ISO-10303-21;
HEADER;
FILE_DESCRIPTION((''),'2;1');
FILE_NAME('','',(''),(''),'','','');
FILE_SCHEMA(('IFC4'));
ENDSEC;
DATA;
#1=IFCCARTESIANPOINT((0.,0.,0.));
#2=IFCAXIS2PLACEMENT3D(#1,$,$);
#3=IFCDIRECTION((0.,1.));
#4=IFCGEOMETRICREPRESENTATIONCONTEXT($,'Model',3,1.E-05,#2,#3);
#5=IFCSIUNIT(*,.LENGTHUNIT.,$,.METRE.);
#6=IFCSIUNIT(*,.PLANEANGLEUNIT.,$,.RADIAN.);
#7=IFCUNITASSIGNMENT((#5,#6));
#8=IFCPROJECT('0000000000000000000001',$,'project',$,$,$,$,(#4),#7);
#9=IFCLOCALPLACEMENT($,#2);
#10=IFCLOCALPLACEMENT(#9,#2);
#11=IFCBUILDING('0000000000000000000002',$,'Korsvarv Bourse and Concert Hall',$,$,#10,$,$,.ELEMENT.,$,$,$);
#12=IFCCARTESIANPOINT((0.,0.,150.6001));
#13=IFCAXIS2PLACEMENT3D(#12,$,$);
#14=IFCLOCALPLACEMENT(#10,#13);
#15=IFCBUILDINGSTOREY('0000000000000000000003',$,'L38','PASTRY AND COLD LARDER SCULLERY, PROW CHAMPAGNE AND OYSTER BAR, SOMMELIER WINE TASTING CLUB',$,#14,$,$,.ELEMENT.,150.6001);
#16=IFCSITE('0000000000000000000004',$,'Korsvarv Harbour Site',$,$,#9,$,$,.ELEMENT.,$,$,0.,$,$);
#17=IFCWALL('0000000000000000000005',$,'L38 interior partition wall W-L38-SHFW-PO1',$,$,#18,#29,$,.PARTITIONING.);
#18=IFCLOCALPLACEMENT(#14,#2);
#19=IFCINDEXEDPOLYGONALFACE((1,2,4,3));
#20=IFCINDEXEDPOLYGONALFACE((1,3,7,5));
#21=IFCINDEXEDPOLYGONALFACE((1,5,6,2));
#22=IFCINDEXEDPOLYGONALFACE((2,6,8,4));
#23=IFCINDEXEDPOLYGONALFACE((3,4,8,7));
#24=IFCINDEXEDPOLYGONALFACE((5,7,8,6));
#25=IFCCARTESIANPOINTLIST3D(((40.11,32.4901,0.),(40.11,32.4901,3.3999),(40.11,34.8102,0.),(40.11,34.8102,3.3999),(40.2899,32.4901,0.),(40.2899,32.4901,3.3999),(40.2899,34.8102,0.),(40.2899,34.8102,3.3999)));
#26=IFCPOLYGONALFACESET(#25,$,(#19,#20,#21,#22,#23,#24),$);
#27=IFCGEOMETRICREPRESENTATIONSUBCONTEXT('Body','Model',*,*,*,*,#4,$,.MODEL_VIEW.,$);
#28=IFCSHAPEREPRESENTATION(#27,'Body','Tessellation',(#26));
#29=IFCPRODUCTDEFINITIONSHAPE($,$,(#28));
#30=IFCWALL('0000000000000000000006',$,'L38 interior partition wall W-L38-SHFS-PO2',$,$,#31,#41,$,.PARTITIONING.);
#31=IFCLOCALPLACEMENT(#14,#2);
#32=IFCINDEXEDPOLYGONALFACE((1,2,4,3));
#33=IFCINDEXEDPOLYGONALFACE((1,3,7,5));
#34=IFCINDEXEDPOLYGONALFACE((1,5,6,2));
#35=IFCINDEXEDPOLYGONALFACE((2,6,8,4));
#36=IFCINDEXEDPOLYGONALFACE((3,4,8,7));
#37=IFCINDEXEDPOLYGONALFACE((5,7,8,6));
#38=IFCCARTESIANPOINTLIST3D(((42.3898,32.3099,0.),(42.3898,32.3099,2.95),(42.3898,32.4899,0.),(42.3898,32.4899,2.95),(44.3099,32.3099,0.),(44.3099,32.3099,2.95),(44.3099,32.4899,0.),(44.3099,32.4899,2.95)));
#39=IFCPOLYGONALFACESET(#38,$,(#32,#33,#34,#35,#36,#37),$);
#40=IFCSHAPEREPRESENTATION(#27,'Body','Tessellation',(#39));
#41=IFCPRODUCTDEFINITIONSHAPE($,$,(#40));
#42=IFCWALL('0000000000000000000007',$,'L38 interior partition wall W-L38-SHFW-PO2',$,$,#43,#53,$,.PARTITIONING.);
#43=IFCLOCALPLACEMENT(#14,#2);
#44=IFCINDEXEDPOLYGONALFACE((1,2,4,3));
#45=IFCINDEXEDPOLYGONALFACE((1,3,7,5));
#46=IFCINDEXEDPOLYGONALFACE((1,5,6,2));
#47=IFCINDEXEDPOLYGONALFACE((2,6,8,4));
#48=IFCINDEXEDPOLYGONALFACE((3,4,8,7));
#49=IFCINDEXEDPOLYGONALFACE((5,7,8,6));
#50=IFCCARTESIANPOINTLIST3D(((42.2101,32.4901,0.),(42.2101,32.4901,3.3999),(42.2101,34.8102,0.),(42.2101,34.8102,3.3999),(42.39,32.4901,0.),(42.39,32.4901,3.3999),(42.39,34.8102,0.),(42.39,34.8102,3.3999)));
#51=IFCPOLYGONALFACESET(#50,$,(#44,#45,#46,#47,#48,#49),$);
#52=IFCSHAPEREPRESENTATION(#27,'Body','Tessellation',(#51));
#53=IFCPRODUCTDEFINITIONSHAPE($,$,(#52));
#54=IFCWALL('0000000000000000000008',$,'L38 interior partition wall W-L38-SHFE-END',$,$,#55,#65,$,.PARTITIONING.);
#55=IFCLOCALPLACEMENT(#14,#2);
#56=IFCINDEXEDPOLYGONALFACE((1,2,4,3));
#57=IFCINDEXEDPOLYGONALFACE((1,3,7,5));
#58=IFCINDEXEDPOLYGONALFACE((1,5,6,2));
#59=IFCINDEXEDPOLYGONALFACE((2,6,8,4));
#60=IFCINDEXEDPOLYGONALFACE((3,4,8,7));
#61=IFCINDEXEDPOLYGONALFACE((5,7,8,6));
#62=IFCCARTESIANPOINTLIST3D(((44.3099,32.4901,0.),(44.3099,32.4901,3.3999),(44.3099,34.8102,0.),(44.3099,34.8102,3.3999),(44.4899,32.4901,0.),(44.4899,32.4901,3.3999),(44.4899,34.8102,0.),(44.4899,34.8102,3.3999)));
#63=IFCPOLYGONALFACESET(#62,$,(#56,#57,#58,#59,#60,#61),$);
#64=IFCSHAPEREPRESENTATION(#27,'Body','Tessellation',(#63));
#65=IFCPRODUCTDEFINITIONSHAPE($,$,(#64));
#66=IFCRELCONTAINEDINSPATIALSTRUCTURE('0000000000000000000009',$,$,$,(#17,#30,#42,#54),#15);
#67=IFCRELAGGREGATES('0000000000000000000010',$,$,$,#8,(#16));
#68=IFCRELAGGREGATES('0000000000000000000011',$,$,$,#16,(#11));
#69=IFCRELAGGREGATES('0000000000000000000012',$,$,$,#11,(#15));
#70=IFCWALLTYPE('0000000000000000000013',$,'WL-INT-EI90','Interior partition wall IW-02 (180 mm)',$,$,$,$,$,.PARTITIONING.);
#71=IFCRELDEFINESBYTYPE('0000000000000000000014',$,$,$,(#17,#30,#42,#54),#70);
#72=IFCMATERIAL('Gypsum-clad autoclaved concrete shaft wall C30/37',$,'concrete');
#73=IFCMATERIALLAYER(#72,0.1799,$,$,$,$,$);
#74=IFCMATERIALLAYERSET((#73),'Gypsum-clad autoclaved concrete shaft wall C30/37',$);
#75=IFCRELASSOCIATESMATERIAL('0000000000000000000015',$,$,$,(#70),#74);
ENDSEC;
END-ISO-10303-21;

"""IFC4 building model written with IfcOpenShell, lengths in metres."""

from ifc_helpers import new_model, si_unit, direction, frame, frame_2d, origin, place, context, subcontext, project, spatial, rectangle, extrude, material, layer, layer_set, type_object, element, save


model = new_model("IFC4")

# Units and contexts
model_context = context("Model", 3, precision=1e-05, world=origin(), true_north=direction((0.0, 1.0)))
body_context = subcontext(model_context, "Body", "Model", "MODEL_VIEW")
ifc_project = project(units=[si_unit("LENGTHUNIT", "METRE"), si_unit("PLANEANGLEUNIT", "RADIAN")], contexts=[model_context])

# Site, building, storey
site_placement = place(None, origin())
site = spatial("IfcSite", under=ifc_project, at=site_placement, Name="Korsvarv Harbour Site", CompositionType="ELEMENT", RefElevation=0.0)
building_placement = place(site_placement, origin())
building = spatial("IfcBuilding", under=site, at=building_placement, Name="Korsvarv Bourse and Concert Hall", CompositionType="ELEMENT")
storey_placement = place(building_placement, frame((0.0, 0.0, 150.6001)))
storey = spatial("IfcBuildingStorey", under=building, at=storey_placement, Name="L38", Description="PASTRY AND COLD LARDER SCULLERY, PROW CHAMPAGNE AND OYSTER BAR, SOMMELIER WINE TASTING CLUB", CompositionType="ELEMENT", Elevation=150.6001)

# Walls
ifc_material_1 = material(Name="Gypsum-clad autoclaved concrete shaft wall C30/37", Category="concrete")
ifc_layer_1 = layer(ifc_material_1, 0.1799)
ifc_layer_set_1 = layer_set([ifc_layer_1], Name="Gypsum-clad autoclaved concrete shaft wall C30/37")
wall_type_1 = type_object("IfcWallType", Name="WL-INT-EI90", Description="Interior partition wall IW-02 (180 mm)", PredefinedType="PARTITIONING", material=ifc_layer_set_1)
wall_1_placement = place(storey_placement, frame((40.2, 32.49, 0.0), z_axis=(0.0, 0.0, 1.0), x_axis=(0.0, 1.0, 0.0)))
element("IfcWall", 1, at=wall_1_placement, inside=storey, type_object=wall_type_1, Name="L38 interior partition wall W-L38-SHFW-PO1", PredefinedType="PARTITIONING", context=body_context, shape_type="SweptSolid", body=[
    extrude(rectangle(XDim=2.3201, YDim=0.1799, at=frame_2d((1.1602, 0.0))), origin(), (0.0, 0.0, 1.0), 3.3999),
])
wall_2_placement = place(storey_placement, frame((42.3899, 32.3999, 0.0), z_axis=(0.0, 0.0, 1.0), x_axis=(1.0, 0.0, 0.0)))
element("IfcWall", 2, at=wall_2_placement, inside=storey, type_object=wall_type_1, Name="L38 interior partition wall W-L38-SHFS-PO2", PredefinedType="PARTITIONING", context=body_context, shape_type="SweptSolid", body=[
    extrude(rectangle(XDim=1.9202, YDim=0.1799, at=frame_2d((0.96, 0.0))), origin(), (0.0, 0.0, 1.0), 2.95),
])
for number, where, z_axis, x_axis, name in (
    (3, (42.3, 32.49, 0.0), (0.0, 0.0, 1.0), (0.0, 1.0, 0.0), "L38 interior partition wall W-L38-SHFW-PO2"),
    (4, (44.3999, 32.49, 0.0), (0.0, 0.0, 1.0), (0.0, 1.0, 0.0), "L38 interior partition wall W-L38-SHFE-END"),
):
    element("IfcWall", number, at=place(storey_placement, frame(where, z_axis=z_axis, x_axis=x_axis)), inside=storey, type_object=wall_type_1, Name=name, PredefinedType="PARTITIONING", context=body_context, shape_type="SweptSolid", body=[
        extrude(rectangle(XDim=2.3201, YDim=0.1799, at=frame_2d((1.1602, 0.0))), origin(), (0.0, 0.0, 1.0), 3.3999),
    ])

save(model, "model.ifc")
